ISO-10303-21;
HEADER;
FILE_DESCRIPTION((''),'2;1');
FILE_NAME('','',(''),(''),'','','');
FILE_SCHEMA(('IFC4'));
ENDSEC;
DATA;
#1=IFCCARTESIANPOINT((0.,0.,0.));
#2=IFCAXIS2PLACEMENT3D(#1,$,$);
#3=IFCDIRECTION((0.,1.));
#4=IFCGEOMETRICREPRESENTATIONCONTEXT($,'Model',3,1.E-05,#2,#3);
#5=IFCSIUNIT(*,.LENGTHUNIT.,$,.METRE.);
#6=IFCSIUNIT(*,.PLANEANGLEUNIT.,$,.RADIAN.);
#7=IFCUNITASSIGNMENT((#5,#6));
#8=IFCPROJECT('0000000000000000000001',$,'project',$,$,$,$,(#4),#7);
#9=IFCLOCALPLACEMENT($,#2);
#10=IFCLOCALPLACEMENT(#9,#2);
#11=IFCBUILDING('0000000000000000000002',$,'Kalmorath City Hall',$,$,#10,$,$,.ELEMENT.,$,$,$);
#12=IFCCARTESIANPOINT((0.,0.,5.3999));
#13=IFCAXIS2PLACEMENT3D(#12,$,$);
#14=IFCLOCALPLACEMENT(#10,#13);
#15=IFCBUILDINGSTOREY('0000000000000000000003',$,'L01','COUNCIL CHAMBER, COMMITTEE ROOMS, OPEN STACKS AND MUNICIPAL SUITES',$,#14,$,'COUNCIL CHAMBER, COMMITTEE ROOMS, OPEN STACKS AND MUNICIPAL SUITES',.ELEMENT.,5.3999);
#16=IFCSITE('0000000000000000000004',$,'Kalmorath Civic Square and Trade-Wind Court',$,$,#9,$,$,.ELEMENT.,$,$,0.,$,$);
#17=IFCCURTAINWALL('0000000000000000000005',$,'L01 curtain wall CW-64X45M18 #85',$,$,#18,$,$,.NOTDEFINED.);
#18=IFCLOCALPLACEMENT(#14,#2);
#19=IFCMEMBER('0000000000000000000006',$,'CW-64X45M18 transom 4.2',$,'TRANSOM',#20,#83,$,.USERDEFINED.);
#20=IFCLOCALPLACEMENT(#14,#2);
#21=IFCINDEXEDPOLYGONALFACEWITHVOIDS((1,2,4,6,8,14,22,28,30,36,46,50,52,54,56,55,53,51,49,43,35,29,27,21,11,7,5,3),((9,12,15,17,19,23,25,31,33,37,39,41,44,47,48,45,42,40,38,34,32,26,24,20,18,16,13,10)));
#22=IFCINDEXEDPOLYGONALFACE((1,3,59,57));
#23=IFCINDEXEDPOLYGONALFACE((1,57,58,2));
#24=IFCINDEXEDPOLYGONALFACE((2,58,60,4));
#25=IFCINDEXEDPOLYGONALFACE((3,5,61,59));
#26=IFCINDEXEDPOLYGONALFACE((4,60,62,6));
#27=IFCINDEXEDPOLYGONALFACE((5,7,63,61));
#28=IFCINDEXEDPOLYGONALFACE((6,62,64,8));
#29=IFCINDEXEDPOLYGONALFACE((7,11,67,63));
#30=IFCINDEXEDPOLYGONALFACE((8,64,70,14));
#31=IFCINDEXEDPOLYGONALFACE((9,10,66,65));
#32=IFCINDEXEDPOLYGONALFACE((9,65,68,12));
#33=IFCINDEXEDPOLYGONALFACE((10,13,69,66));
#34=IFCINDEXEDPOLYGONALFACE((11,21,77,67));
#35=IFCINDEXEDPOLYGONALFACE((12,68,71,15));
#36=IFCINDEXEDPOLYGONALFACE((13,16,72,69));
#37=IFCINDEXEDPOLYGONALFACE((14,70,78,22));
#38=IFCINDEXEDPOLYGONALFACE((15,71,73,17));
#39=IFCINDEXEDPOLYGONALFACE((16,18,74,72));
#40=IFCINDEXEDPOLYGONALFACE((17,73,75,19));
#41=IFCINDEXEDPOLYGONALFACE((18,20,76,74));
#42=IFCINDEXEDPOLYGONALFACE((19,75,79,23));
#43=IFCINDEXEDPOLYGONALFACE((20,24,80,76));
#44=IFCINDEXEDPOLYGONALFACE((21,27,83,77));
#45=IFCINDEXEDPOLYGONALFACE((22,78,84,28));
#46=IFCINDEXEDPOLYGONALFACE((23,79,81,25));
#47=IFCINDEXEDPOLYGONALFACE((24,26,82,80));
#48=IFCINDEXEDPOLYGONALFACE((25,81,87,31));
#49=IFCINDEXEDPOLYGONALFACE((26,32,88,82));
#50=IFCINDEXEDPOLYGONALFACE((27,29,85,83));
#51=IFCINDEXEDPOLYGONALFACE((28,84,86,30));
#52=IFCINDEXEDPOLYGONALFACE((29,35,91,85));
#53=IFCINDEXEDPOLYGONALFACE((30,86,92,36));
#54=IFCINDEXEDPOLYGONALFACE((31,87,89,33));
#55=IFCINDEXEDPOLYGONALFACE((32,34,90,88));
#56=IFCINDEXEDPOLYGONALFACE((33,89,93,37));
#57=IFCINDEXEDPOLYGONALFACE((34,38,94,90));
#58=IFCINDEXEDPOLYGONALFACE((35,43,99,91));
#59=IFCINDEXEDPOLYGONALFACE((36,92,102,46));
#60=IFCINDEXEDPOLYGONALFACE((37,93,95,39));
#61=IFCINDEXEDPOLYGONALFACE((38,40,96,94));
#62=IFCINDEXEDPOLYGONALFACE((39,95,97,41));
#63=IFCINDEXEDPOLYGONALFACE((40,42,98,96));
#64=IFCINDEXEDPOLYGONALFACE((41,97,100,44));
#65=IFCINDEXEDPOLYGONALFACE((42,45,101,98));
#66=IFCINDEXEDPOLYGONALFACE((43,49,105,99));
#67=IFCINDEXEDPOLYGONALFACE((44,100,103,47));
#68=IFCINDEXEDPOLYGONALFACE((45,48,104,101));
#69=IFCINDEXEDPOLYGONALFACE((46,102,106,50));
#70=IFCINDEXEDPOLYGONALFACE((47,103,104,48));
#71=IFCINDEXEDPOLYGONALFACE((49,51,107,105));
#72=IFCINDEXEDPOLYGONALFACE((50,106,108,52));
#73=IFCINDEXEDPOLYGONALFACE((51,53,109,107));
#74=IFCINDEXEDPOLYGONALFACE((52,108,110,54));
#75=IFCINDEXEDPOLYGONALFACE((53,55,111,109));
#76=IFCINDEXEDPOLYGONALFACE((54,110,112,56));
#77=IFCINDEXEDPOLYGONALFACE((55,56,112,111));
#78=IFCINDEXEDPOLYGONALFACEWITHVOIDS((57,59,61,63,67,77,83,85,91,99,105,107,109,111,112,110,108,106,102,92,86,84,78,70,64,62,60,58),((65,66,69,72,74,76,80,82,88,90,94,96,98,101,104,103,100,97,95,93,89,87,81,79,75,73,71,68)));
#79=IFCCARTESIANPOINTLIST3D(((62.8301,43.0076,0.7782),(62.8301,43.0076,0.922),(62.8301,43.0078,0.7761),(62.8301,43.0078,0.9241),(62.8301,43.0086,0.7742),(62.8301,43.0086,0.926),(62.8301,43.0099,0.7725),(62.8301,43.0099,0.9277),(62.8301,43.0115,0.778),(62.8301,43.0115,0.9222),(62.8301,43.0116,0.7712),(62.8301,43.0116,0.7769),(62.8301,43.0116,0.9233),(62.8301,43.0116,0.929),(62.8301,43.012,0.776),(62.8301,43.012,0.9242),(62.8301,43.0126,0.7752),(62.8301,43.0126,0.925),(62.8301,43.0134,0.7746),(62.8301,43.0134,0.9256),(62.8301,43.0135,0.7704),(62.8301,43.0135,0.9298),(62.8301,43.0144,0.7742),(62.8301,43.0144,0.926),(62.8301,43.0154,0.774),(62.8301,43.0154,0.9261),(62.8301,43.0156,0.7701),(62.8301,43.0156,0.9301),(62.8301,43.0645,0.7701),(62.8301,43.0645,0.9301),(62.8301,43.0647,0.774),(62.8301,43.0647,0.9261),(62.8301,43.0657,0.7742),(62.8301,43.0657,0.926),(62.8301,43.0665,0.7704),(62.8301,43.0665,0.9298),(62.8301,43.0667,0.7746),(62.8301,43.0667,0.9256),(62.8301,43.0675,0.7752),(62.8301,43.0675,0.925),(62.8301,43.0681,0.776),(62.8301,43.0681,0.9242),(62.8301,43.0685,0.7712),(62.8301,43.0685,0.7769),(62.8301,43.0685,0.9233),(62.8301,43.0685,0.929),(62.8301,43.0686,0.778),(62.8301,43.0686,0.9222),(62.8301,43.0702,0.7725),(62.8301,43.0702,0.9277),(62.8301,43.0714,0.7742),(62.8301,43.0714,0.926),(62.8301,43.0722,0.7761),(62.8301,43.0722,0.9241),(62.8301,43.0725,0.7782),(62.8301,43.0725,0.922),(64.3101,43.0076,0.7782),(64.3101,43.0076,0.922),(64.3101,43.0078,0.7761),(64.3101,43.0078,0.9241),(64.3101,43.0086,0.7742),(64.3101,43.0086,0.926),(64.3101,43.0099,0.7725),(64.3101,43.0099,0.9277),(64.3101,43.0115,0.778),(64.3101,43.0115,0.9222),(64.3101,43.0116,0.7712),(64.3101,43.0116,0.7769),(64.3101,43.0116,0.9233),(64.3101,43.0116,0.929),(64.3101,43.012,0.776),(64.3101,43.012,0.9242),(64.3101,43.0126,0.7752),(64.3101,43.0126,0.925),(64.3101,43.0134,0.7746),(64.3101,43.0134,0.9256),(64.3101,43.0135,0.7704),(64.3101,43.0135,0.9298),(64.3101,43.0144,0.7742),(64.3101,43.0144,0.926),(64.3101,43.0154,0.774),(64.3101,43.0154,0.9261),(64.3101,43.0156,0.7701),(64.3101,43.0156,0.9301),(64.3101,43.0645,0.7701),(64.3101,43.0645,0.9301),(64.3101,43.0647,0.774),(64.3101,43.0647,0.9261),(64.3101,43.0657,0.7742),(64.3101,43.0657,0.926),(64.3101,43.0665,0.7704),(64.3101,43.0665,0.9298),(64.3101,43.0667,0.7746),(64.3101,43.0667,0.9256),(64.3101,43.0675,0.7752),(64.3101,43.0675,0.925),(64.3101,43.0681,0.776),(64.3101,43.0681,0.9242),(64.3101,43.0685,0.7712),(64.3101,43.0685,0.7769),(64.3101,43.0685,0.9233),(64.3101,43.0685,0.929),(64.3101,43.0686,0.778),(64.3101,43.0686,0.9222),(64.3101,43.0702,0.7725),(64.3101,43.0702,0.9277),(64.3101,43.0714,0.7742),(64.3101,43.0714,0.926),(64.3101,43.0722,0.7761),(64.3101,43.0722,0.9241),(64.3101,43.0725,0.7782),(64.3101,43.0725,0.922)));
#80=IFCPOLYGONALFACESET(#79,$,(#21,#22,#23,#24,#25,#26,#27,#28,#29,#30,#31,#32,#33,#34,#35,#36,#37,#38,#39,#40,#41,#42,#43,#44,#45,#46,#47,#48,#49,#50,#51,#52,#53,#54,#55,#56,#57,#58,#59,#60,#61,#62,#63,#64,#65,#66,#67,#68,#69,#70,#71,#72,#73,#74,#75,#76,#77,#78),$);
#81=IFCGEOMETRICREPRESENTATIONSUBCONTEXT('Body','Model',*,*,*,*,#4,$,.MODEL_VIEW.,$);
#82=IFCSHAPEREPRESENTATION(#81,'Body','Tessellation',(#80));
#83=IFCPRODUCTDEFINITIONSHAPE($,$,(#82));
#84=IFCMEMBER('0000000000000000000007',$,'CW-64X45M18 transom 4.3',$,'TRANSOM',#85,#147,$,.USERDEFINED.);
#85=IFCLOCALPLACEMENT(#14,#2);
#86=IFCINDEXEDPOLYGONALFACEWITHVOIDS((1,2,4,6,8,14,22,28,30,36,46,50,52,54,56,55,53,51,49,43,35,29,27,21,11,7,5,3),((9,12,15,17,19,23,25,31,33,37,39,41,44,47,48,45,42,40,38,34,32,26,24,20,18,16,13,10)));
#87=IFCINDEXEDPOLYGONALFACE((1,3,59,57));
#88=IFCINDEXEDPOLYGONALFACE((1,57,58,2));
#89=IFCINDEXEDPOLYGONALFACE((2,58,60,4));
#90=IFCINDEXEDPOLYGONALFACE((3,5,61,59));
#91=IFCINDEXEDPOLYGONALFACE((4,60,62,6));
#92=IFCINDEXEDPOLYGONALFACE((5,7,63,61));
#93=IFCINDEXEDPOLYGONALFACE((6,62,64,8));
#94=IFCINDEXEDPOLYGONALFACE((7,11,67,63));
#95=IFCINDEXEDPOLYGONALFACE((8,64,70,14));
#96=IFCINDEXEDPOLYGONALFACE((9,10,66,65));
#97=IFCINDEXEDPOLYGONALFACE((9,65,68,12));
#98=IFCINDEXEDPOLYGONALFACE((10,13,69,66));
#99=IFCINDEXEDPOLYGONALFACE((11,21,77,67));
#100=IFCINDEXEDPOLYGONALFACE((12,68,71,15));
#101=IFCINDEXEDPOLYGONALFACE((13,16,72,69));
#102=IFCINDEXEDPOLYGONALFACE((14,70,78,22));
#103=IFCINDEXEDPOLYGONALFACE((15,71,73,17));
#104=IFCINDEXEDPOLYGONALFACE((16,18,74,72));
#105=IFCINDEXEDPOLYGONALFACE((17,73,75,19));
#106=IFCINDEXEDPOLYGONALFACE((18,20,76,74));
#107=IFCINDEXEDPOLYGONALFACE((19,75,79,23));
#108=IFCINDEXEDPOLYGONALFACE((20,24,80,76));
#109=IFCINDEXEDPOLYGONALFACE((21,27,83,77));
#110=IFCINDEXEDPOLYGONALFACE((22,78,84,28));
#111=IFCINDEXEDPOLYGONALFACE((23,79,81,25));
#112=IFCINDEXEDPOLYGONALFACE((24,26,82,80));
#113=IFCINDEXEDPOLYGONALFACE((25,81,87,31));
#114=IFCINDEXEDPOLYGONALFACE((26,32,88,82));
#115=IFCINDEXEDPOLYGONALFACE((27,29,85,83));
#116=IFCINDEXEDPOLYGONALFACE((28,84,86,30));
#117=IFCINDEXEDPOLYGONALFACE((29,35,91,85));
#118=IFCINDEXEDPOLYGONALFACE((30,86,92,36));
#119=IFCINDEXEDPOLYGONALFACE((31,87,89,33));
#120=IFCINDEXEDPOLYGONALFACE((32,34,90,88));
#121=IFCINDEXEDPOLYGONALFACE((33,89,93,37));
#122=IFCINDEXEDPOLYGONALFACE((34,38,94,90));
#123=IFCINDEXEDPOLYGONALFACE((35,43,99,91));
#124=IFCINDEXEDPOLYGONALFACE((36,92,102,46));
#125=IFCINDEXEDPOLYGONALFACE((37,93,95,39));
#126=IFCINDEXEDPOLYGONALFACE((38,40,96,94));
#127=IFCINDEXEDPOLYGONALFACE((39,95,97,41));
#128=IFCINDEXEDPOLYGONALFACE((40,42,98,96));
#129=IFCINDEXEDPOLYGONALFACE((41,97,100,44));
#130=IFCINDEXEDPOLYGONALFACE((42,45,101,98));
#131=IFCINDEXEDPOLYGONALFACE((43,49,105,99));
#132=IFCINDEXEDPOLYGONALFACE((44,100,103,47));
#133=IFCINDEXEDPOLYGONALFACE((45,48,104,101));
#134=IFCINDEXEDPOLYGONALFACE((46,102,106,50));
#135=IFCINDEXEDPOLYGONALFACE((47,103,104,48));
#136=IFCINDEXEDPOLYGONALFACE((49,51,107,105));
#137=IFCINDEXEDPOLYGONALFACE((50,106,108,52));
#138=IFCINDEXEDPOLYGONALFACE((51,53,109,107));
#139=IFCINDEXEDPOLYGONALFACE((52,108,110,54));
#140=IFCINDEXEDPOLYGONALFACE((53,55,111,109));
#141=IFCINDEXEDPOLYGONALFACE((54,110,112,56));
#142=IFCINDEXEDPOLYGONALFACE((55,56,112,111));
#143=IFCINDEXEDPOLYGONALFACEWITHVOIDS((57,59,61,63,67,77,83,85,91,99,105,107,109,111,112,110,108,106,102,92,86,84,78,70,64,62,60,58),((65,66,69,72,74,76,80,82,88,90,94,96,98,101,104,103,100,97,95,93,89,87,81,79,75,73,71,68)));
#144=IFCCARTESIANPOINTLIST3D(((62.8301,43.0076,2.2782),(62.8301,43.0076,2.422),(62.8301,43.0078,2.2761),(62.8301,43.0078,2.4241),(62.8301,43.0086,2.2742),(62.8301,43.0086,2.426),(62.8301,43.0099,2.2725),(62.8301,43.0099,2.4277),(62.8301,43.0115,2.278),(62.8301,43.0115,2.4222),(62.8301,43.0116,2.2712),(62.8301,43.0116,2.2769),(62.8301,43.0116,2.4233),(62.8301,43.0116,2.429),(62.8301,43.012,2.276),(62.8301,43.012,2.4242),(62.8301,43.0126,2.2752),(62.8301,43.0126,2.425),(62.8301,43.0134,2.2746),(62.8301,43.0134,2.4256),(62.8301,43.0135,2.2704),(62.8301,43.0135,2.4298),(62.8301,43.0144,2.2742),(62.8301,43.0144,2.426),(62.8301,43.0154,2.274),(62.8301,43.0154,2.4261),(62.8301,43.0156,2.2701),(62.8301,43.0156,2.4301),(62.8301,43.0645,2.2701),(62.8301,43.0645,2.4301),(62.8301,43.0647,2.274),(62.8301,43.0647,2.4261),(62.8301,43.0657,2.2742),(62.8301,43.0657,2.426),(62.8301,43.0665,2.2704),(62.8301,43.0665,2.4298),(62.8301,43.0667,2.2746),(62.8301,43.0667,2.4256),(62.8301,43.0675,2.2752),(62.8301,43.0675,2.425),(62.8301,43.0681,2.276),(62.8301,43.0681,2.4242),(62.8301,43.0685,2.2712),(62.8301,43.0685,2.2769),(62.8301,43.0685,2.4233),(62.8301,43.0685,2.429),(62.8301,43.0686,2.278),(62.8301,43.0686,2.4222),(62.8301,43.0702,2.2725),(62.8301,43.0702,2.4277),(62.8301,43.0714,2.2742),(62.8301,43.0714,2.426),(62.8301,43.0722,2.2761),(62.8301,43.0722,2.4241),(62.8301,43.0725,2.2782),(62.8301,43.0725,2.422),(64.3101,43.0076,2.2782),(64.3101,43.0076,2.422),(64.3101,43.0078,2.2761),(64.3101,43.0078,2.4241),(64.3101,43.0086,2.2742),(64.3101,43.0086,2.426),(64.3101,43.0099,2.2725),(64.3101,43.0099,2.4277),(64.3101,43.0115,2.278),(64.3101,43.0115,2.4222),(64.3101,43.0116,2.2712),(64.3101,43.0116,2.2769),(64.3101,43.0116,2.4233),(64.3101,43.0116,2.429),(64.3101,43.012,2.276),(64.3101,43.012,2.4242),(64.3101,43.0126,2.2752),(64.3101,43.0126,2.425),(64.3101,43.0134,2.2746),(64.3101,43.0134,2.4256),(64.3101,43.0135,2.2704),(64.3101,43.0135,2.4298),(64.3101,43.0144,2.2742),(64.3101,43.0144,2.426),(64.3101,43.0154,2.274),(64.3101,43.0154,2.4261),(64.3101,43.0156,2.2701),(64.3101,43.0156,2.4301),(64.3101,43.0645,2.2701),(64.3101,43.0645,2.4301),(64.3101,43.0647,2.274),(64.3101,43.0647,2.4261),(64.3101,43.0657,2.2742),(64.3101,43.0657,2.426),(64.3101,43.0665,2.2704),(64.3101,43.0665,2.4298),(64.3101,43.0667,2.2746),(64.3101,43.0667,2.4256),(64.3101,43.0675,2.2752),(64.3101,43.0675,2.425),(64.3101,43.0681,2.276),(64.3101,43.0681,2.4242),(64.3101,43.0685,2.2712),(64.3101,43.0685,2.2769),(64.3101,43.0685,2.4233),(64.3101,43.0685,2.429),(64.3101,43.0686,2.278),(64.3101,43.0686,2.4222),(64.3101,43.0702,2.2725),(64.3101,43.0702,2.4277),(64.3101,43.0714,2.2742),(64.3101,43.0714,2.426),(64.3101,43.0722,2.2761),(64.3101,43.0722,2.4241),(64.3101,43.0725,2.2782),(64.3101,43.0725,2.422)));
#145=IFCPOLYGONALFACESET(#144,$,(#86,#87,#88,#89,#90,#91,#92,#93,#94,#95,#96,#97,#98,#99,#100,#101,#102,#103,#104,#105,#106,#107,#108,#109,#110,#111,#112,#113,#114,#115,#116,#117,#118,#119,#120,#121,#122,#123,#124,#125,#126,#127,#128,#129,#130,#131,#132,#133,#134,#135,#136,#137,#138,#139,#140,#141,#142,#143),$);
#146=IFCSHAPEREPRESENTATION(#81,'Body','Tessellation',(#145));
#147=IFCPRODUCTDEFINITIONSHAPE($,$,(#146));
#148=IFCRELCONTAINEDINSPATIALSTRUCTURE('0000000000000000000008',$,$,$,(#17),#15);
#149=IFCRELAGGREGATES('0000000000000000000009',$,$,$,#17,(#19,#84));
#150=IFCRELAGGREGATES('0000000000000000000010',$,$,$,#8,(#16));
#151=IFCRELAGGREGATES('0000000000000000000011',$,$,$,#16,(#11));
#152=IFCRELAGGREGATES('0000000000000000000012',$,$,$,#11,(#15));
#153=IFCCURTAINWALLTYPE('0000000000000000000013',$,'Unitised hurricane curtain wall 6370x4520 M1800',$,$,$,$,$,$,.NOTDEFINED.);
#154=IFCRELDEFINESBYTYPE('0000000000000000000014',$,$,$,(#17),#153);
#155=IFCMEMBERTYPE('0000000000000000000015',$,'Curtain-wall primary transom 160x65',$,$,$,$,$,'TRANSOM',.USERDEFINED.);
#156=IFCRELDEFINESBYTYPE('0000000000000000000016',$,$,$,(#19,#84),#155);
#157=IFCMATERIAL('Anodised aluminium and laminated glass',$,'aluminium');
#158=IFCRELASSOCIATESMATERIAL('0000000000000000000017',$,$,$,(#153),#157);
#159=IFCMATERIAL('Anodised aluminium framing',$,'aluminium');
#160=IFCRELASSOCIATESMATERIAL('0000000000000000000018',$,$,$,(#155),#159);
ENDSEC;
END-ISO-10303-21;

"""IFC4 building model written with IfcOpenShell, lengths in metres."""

from ifc_helpers import new_model, si_unit, direction, frame, origin, origin_2d, place, context, subcontext, project, spatial, hollow_rectangle, extrude, material, material_profile, profile_set, type_object, element, aggregate, save


model = new_model("IFC4")

# Units and contexts
model_context = context("Model", 3, precision=1e-05, world=origin(), true_north=direction((0.0, 1.0)))
body_context = subcontext(model_context, "Body", "Model", "MODEL_VIEW")
ifc_project = project(units=[si_unit("LENGTHUNIT", "METRE"), si_unit("PLANEANGLEUNIT", "RADIAN")], contexts=[model_context])

# Site, building, storey
site_placement = place(None, origin())
site = spatial("IfcSite", under=ifc_project, at=site_placement, Name="Kalmorath Civic Square and Trade-Wind Court", CompositionType="ELEMENT", RefElevation=0.0)
building_placement = place(site_placement, origin())
building = spatial("IfcBuilding", under=site, at=building_placement, Name="Kalmorath City Hall", CompositionType="ELEMENT")
storey_placement = place(building_placement, frame((0.0, 0.0, 5.3999)))
storey = spatial("IfcBuildingStorey", under=building, at=storey_placement, Name="L01", Description="COUNCIL CHAMBER, COMMITTEE ROOMS, OPEN STACKS AND MUNICIPAL SUITES", LongName="COUNCIL CHAMBER, COMMITTEE ROOMS, OPEN STACKS AND MUNICIPAL SUITES", CompositionType="ELEMENT", Elevation=5.3999)

# Curtain wall
ifc_material_1 = material(Name="Anodised aluminium and laminated glass", Category="aluminium")
curtain_wall_type_1 = type_object("IfcCurtainWallType", Name="Unitised hurricane curtain wall 6370x4520 M1800", PredefinedType="NOTDEFINED", material=ifc_material_1)
curtain_wall_1_placement = place(storey_placement, origin())
curtain_wall_1 = element("IfcCurtainWall", 1, at=curtain_wall_1_placement, inside=storey, type_object=curtain_wall_type_1, Name="L01 curtain wall CW-64X45M18 #85", PredefinedType="NOTDEFINED")

# Shared definitions
ifc_material_2 = material(Name="Anodised aluminium framing", Category="aluminium")
ifc_material_profile_1 = material_profile(ifc_material_2, hollow_rectangle(XDim=0.0649, YDim=0.1599, WallThickness=0.0039, InnerFilletRadius=0.0039, OuterFilletRadius=0.0081, at=origin_2d()), Name="ALU-TRN-160X65X4")
ifc_profile_set_1 = profile_set([ifc_material_profile_1], Name="Anodised aluminium framing")
member_type_1 = type_object("IfcMemberType", Name="Curtain-wall primary transom 160x65", ElementType="TRANSOM", PredefinedType="USERDEFINED", material=ifc_profile_set_1)

# Members
member_1_placement = place(storey_placement, frame((62.8301, 43.04, 0.8501), z_axis=(1.0, 0.0, 0.0), x_axis=(0.0, 1.0, 0.0)))
member_1 = element("IfcMember", 2, at=member_1_placement, type_object=member_type_1, Name="CW-64X45M18 transom 4.2", ObjectType="TRANSOM", PredefinedType="USERDEFINED", context=body_context, shape_type="SweptSolid", body=[
    extrude(hollow_rectangle(XDim=0.0649, YDim=0.1599, WallThickness=0.0039, InnerFilletRadius=0.0039, OuterFilletRadius=0.0081, at=origin_2d()), origin(), (0.0, 0.0, 1.0), 1.48),
])
member_2_placement = place(storey_placement, frame((62.8301, 43.04, 2.3501), z_axis=(1.0, 0.0, 0.0), x_axis=(0.0, 1.0, 0.0)))
member_2 = element("IfcMember", 3, at=member_2_placement, type_object=member_type_1, Name="CW-64X45M18 transom 4.3", ObjectType="TRANSOM", PredefinedType="USERDEFINED", context=body_context, shape_type="SweptSolid", body=[
    extrude(hollow_rectangle(XDim=0.0649, YDim=0.1599, WallThickness=0.0039, InnerFilletRadius=0.0039, OuterFilletRadius=0.0081, at=origin_2d()), origin(), (0.0, 0.0, 1.0), 1.48),
])

aggregate(curtain_wall_1, [member_1, member_2])

save(model, "model.ifc")
